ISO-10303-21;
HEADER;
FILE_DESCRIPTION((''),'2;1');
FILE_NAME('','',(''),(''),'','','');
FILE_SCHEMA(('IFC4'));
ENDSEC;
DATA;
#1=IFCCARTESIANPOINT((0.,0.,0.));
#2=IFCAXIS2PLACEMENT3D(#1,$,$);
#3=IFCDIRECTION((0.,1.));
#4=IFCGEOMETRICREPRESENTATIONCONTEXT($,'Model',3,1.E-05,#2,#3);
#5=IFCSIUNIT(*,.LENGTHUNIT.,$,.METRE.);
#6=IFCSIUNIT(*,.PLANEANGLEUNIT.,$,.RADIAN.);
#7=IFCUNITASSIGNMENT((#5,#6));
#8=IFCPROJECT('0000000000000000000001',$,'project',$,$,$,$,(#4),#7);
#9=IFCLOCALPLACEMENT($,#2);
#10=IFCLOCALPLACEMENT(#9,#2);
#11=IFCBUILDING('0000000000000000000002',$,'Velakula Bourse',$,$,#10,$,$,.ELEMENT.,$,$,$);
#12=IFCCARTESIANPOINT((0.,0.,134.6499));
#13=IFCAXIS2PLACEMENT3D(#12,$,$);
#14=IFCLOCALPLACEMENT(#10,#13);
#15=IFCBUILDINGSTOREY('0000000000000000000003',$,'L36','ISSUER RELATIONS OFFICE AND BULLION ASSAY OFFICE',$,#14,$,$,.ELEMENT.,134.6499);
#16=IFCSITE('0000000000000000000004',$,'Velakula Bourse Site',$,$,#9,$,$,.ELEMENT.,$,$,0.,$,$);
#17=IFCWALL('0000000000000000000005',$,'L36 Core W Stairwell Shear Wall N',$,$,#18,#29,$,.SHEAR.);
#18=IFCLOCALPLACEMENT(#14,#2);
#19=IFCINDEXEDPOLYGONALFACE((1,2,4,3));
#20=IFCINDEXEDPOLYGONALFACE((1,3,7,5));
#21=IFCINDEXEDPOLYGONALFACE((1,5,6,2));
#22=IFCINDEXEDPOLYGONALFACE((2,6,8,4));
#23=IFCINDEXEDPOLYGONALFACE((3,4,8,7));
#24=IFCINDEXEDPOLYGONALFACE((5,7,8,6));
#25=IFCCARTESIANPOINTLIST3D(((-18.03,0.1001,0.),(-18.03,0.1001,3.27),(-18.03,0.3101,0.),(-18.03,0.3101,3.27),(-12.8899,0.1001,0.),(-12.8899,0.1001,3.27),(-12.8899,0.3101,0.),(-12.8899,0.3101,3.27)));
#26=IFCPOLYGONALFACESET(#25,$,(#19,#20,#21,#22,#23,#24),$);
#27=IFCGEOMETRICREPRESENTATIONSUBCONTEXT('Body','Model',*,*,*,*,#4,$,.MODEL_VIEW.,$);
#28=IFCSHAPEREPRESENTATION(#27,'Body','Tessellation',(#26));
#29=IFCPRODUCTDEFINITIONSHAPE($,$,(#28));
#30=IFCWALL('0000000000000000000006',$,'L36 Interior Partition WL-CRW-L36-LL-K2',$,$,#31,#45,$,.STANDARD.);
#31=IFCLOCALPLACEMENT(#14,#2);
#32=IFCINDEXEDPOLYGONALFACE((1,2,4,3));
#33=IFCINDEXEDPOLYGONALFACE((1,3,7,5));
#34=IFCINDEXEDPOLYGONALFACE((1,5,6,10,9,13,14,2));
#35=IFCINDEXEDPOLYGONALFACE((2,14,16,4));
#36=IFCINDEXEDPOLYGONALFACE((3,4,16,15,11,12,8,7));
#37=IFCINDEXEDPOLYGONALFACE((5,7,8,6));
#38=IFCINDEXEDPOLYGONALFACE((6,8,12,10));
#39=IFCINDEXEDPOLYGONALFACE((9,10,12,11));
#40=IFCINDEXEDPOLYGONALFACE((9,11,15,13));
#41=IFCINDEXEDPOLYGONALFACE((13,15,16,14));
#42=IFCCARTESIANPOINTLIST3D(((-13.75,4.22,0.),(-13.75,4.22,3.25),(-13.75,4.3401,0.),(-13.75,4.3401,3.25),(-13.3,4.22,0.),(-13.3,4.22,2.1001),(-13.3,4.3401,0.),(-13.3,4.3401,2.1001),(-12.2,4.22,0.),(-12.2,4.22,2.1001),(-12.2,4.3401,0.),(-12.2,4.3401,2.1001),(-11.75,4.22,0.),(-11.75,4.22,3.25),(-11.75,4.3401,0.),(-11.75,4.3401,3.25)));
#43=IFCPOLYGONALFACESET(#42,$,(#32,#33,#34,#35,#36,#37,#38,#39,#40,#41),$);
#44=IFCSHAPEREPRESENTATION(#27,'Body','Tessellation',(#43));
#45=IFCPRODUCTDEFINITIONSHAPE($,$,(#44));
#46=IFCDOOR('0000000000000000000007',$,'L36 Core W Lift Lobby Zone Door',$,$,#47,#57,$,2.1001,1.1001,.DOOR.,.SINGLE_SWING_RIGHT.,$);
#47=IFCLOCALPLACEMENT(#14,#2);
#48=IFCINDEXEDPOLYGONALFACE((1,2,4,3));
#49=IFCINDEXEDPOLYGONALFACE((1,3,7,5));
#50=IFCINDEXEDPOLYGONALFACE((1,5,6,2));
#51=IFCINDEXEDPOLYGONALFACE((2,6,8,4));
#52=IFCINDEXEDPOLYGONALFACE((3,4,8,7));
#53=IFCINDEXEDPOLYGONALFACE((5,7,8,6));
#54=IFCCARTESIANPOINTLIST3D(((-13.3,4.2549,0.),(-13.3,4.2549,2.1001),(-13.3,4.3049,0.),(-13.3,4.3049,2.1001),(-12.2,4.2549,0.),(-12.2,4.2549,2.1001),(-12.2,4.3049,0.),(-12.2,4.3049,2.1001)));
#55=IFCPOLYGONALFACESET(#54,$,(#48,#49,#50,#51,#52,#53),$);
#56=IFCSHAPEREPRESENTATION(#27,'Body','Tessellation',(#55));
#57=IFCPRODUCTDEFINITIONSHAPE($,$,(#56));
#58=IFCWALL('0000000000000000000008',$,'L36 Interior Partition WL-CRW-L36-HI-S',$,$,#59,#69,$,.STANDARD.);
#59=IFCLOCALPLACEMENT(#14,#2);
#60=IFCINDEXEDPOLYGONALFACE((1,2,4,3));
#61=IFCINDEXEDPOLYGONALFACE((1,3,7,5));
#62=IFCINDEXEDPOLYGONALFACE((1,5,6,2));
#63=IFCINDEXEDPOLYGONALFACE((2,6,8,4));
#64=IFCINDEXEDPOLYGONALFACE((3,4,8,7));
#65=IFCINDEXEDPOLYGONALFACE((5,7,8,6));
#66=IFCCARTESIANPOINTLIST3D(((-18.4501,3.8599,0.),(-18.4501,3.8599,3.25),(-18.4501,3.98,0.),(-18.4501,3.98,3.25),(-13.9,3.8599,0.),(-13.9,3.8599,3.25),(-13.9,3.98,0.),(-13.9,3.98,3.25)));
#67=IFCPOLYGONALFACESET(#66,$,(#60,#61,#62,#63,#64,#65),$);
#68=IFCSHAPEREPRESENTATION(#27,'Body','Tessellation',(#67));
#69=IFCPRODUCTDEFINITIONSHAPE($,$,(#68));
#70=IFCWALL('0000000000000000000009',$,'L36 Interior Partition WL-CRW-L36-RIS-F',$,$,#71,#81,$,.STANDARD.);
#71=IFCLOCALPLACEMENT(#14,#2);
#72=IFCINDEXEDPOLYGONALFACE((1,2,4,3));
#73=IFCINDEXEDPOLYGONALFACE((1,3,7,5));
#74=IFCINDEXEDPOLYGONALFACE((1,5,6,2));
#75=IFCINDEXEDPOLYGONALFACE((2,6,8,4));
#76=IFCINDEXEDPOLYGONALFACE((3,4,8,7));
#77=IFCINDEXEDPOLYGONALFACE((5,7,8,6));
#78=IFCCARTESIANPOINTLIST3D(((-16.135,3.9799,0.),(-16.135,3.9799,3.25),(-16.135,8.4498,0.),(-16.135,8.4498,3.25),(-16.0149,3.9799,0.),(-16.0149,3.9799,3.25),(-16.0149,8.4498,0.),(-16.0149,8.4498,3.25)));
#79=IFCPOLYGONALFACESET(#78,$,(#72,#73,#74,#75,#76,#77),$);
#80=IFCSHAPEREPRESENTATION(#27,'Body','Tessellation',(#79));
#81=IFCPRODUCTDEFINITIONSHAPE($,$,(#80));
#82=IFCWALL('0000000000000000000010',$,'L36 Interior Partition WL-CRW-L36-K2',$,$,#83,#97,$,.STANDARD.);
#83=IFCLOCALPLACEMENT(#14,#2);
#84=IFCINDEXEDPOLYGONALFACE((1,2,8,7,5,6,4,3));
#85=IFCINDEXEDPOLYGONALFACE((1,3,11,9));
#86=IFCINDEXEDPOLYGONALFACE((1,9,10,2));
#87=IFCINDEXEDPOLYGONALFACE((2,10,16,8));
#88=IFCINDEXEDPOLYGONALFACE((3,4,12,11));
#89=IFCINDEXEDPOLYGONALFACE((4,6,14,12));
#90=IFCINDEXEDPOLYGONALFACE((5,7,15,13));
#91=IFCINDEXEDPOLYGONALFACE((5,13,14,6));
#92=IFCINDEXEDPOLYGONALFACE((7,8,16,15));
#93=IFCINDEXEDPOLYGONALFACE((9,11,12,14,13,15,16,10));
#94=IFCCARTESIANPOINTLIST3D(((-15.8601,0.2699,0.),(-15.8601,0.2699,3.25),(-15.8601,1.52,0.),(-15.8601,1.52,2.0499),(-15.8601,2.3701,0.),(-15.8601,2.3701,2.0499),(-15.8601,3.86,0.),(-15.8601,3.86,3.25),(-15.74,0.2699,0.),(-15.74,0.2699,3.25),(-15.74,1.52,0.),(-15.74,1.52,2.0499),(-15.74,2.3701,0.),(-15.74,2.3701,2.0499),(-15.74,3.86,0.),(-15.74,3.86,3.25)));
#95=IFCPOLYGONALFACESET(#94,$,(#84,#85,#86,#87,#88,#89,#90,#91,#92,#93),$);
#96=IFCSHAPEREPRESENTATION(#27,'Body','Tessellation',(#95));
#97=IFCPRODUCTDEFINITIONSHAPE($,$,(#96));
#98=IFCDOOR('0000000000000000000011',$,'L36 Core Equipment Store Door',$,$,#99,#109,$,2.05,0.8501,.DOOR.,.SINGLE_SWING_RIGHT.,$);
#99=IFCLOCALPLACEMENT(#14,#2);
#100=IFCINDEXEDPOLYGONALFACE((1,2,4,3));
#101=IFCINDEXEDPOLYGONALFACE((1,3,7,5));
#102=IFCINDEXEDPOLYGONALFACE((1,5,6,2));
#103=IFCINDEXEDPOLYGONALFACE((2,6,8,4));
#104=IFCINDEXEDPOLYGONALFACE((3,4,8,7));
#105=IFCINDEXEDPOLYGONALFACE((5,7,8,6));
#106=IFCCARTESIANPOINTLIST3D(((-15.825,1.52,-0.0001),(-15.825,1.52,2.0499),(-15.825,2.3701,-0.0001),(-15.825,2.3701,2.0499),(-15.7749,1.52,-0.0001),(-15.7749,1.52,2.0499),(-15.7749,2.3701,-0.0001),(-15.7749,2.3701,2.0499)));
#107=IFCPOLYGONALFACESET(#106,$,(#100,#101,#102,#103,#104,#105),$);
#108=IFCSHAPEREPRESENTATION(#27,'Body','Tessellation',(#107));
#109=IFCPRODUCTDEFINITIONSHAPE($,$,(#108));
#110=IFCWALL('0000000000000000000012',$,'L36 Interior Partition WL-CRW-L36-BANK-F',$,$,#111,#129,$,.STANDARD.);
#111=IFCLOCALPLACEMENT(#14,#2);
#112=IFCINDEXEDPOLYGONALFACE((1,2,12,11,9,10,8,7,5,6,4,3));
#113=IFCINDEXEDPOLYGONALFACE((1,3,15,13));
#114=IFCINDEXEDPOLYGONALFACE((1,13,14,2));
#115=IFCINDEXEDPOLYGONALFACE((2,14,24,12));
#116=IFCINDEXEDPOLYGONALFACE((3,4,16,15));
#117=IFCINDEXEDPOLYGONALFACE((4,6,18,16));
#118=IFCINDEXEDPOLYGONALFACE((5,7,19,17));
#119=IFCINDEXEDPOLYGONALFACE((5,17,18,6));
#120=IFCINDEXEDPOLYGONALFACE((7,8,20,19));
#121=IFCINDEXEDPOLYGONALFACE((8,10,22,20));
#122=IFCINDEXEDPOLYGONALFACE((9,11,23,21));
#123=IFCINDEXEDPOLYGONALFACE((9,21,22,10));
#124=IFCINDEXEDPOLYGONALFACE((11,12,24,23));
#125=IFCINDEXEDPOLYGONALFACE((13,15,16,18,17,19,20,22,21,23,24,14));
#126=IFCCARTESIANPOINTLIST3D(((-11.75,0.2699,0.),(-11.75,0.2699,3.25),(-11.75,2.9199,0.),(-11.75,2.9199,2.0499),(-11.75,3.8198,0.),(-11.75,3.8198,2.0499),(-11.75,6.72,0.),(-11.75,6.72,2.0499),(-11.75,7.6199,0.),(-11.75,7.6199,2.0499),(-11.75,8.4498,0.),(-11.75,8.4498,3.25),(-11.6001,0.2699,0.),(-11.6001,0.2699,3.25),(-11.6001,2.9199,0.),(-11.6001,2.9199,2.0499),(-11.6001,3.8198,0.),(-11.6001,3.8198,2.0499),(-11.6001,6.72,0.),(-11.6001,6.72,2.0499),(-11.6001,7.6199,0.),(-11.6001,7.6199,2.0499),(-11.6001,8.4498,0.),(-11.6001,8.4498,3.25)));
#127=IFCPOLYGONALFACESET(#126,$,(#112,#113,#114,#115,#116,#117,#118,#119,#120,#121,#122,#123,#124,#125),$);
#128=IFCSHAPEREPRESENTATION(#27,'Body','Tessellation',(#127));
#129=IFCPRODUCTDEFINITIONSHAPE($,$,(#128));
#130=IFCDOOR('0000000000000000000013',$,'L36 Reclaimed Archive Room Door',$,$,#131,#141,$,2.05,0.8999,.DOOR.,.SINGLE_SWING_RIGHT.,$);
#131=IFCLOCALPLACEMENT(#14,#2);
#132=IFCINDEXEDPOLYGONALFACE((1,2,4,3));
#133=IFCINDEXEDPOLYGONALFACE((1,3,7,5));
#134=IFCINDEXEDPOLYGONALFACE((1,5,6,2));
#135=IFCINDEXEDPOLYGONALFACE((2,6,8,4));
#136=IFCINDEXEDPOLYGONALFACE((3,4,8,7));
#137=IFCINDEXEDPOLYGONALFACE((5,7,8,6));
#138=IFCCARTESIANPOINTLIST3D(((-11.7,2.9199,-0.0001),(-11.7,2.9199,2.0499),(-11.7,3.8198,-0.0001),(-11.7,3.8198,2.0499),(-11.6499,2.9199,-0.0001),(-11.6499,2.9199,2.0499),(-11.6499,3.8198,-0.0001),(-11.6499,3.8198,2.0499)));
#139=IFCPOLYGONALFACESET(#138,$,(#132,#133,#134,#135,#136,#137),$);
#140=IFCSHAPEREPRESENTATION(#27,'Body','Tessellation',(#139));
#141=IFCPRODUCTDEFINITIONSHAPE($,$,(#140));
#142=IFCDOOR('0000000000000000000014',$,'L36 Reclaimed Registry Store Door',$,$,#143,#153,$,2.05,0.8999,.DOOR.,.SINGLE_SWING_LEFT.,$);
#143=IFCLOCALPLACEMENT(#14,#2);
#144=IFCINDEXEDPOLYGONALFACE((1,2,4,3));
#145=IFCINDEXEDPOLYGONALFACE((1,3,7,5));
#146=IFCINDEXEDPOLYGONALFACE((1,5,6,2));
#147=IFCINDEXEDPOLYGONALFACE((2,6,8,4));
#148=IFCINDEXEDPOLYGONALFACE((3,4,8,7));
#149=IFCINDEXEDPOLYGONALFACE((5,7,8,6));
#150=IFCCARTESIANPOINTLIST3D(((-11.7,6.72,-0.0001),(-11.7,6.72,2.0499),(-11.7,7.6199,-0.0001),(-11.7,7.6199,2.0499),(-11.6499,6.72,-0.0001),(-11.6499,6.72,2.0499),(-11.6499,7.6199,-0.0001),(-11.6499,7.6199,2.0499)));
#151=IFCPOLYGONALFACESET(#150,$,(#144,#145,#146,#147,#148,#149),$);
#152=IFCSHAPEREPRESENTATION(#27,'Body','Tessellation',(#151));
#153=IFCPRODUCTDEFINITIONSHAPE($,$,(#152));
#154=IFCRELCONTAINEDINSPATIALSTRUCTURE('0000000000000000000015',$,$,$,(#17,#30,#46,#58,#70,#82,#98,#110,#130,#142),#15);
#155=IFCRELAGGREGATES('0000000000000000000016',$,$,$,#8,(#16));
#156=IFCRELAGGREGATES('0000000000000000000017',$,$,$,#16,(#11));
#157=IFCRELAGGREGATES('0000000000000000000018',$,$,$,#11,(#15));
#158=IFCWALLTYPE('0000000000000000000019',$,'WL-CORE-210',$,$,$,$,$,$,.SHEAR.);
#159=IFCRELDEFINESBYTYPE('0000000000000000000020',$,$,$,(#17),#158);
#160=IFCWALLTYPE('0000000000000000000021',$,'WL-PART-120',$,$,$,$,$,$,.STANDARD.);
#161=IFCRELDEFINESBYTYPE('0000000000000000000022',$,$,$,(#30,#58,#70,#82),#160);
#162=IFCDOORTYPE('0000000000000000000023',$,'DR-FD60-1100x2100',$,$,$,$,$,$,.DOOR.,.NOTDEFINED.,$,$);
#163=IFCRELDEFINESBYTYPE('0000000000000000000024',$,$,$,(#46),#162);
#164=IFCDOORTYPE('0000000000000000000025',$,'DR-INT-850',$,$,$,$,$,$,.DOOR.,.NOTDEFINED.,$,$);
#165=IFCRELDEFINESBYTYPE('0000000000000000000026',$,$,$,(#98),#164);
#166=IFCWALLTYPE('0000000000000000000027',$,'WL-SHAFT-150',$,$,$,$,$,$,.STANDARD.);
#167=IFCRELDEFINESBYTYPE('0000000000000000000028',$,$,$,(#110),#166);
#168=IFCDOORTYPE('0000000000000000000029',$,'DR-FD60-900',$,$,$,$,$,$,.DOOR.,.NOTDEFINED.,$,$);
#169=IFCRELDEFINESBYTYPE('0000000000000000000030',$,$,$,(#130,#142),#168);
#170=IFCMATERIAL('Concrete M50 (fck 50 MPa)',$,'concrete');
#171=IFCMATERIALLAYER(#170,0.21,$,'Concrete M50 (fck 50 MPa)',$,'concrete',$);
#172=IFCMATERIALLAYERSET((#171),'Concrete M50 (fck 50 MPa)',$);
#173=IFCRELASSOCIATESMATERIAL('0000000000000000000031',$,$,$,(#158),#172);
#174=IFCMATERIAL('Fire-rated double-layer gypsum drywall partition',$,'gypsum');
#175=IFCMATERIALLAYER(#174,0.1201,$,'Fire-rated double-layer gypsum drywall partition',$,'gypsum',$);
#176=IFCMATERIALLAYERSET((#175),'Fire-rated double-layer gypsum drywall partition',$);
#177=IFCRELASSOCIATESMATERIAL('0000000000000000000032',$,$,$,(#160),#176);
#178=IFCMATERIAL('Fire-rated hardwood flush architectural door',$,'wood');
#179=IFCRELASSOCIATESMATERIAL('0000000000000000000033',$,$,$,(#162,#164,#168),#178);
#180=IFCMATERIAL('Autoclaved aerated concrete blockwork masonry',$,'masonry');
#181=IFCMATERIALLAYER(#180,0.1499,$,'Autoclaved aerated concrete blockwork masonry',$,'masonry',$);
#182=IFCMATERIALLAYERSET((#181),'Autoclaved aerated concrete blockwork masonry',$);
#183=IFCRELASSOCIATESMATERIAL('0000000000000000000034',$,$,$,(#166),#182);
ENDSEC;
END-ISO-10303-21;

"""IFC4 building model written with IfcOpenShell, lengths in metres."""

from ifc_helpers import new_model, si_unit, direction, frame, frame_2d, origin, place, context, subcontext, project, spatial, rectangle, extrude, material, layer, layer_set, type_object, element, fill, save


model = new_model("IFC4")

# Units and contexts
model_context = context("Model", 3, precision=1e-05, world=origin(), true_north=direction((0.0, 1.0)))
body_context = subcontext(model_context, "Body", "Model", "MODEL_VIEW")
ifc_project = project(units=[si_unit("LENGTHUNIT", "METRE"), si_unit("PLANEANGLEUNIT", "RADIAN")], contexts=[model_context])

# Site, building, storey
site_placement = place(None, origin())
site = spatial("IfcSite", under=ifc_project, at=site_placement, Name="Velakula Bourse Site", CompositionType="ELEMENT", RefElevation=0.0)
building_placement = place(site_placement, origin())
building = spatial("IfcBuilding", under=site, at=building_placement, Name="Velakula Bourse", CompositionType="ELEMENT")
storey_placement = place(building_placement, frame((0.0, 0.0, 134.6499)))
storey = spatial("IfcBuildingStorey", under=building, at=storey_placement, Name="L36", Description="ISSUER RELATIONS OFFICE AND BULLION ASSAY OFFICE", CompositionType="ELEMENT", Elevation=134.6499)

# Wall
ifc_material_1 = material(Name="Concrete M50 (fck 50 MPa)", Category="concrete")
ifc_layer_1 = layer(ifc_material_1, 0.21, Name="Concrete M50 (fck 50 MPa)", Category="concrete")
ifc_layer_set_1 = layer_set([ifc_layer_1], Name="Concrete M50 (fck 50 MPa)")
wall_type_1 = type_object("IfcWallType", Name="WL-CORE-210", PredefinedType="SHEAR", material=ifc_layer_set_1)
wall_1_placement = place(storey_placement, frame((-12.8899, 0.2051, 0.0), z_axis=(0.0, 0.0, 1.0), x_axis=(-1.0, 0.0, 0.0)))
element("IfcWall", 1, at=wall_1_placement, inside=storey, type_object=wall_type_1, Name="L36 Core W Stairwell Shear Wall N", PredefinedType="SHEAR", context=body_context, shape_type="SweptSolid", body=[
    extrude(rectangle(XDim=5.1401, YDim=0.21, at=frame_2d((2.5701, 0.0))), origin(), (0.0, 0.0, 1.0), 3.27),
])

# Wall, opening, door
ifc_material_2 = material(Name="Fire-rated double-layer gypsum drywall partition", Category="gypsum")
ifc_layer_2 = layer(ifc_material_2, 0.1201, Name="Fire-rated double-layer gypsum drywall partition", Category="gypsum")
ifc_layer_set_2 = layer_set([ifc_layer_2], Name="Fire-rated double-layer gypsum drywall partition")
wall_type_2 = type_object("IfcWallType", Name="WL-PART-120", PredefinedType="STANDARD", material=ifc_layer_set_2)
wall_2_placement = place(storey_placement, frame((-13.75, 4.28, 0.0), z_axis=(0.0, 0.0, 1.0), x_axis=(1.0, 0.0, 0.0)))
wall_2 = element("IfcWall", 2, at=wall_2_placement, inside=storey, type_object=wall_type_2, Name="L36 Interior Partition WL-CRW-L36-LL-K2", PredefinedType="STANDARD", context=body_context, shape_type="SweptSolid", body=[
    extrude(rectangle(XDim=2.0, YDim=0.1201, at=frame_2d((1.0, 0.0))), origin(), (0.0, 0.0, 1.0), 3.25),
])
opening_1_placement = place(wall_2_placement, frame((0.45, 0.0, 0.0)))
opening_1 = element("IfcOpeningElement", 3, at=opening_1_placement, cuts=wall_2, PredefinedType="OPENING", context=body_context, shape_type="SweptSolid", body=[
    extrude(rectangle(XDim=1.1001, YDim=2.1001, at=frame_2d((0.55, 1.05))), frame((0.0, 0.0701, 0.0), z_axis=(0.0, -1.0, 0.0), x_axis=(1.0, 0.0, 0.0)), (0.0, 0.0, 1.0), 0.1401),
])
ifc_material_3 = material(Name="Fire-rated hardwood flush architectural door", Category="wood")
door_type_1 = type_object("IfcDoorType", Name="DR-FD60-1100x2100", OperationType="NOTDEFINED", PredefinedType="DOOR", material=ifc_material_3)
door_1_placement = place(opening_1_placement, origin())
door_1 = element("IfcDoor", 4, at=door_1_placement, inside=storey, type_object=door_type_1, Name="L36 Core W Lift Lobby Zone Door", OperationType="SINGLE_SWING_RIGHT", OverallHeight=2.1001, OverallWidth=1.1001, PredefinedType="DOOR", context=body_context, shape_type="SweptSolid", body=[
    extrude(rectangle(XDim=1.1001, YDim=2.1001, at=frame_2d((0.55, 1.05))), frame((0.0, 0.0249, 0.0), z_axis=(0.0, -1.0, 0.0), x_axis=(1.0, 0.0, 0.0)), (0.0, 0.0, 1.0), 0.05),
])
fill(opening_1, door_1)

# Walls
wall_3_placement = place(storey_placement, frame((-18.45, 3.9199, 0.0), z_axis=(0.0, 0.0, 1.0), x_axis=(1.0, 0.0, 0.0)))
element("IfcWall", 5, at=wall_3_placement, inside=storey, type_object=wall_type_2, Name="L36 Interior Partition WL-CRW-L36-HI-S", PredefinedType="STANDARD", context=body_context, shape_type="SweptSolid", body=[
    extrude(rectangle(XDim=4.55, YDim=0.1201, at=frame_2d((2.2749, 0.0))), origin(), (0.0, 0.0, 1.0), 3.25),
])
wall_4_placement = place(storey_placement, frame((-16.075, 3.98, 0.0), z_axis=(0.0, 0.0, 1.0), x_axis=(0.0, 1.0, 0.0)))
element("IfcWall", 6, at=wall_4_placement, inside=storey, type_object=wall_type_2, Name="L36 Interior Partition WL-CRW-L36-RIS-F", PredefinedType="STANDARD", context=body_context, shape_type="SweptSolid", body=[
    extrude(rectangle(XDim=4.47, YDim=0.1201, at=frame_2d((2.2349, 0.0))), origin(), (0.0, 0.0, 1.0), 3.25),
])

# Wall, opening, door
wall_5_placement = place(storey_placement, frame((-15.8, 0.27, 0.0), z_axis=(0.0, 0.0, 1.0), x_axis=(0.0, 1.0, 0.0)))
wall_5 = element("IfcWall", 7, at=wall_5_placement, inside=storey, type_object=wall_type_2, Name="L36 Interior Partition WL-CRW-L36-K2", PredefinedType="STANDARD", context=body_context, shape_type="SweptSolid", body=[
    extrude(rectangle(XDim=3.5901, YDim=0.1201, at=frame_2d((1.7949, 0.0))), origin(), (0.0, 0.0, 1.0), 3.25),
])
opening_2_placement = place(wall_5_placement, frame((1.25, 0.0, 0.0)))
opening_2 = element("IfcOpeningElement", 8, at=opening_2_placement, cuts=wall_5, PredefinedType="OPENING", context=body_context, shape_type="SweptSolid", body=[
    extrude(rectangle(XDim=0.8501, YDim=2.05, at=frame_2d((0.425, 1.0249))), frame((0.0, 0.0701, 0.0), z_axis=(0.0, -1.0, 0.0), x_axis=(1.0, 0.0, 0.0)), (0.0, 0.0, 1.0), 0.1401),
])
door_type_2 = type_object("IfcDoorType", Name="DR-INT-850", OperationType="NOTDEFINED", PredefinedType="DOOR", material=ifc_material_3)
door_2_placement = place(opening_2_placement, origin())
door_2 = element("IfcDoor", 9, at=door_2_placement, inside=storey, type_object=door_type_2, Name="L36 Core Equipment Store Door", OperationType="SINGLE_SWING_RIGHT", OverallHeight=2.05, OverallWidth=0.8501, PredefinedType="DOOR", context=body_context, shape_type="SweptSolid", body=[
    extrude(rectangle(XDim=0.8501, YDim=2.05, at=frame_2d((0.425, 1.0249))), frame((0.0, 0.0249, 0.0), z_axis=(0.0, -1.0, 0.0), x_axis=(1.0, 0.0, 0.0)), (0.0, 0.0, 1.0), 0.05),
])
fill(opening_2, door_2)

# Wall, openings, doors
ifc_material_4 = material(Name="Autoclaved aerated concrete blockwork masonry", Category="masonry")
ifc_layer_3 = layer(ifc_material_4, 0.1499, Name="Autoclaved aerated concrete blockwork masonry", Category="masonry")
ifc_layer_set_3 = layer_set([ifc_layer_3], Name="Autoclaved aerated concrete blockwork masonry")
wall_type_3 = type_object("IfcWallType", Name="WL-SHAFT-150", PredefinedType="STANDARD", material=ifc_layer_set_3)
wall_6_placement = place(storey_placement, frame((-11.675, 0.27, 0.0), z_axis=(0.0, 0.0, 1.0), x_axis=(0.0, 1.0, 0.0)))
wall_6 = element("IfcWall", 10, at=wall_6_placement, inside=storey, type_object=wall_type_3, Name="L36 Interior Partition WL-CRW-L36-BANK-F", PredefinedType="STANDARD", context=body_context, shape_type="SweptSolid", body=[
    extrude(rectangle(XDim=8.1799, YDim=0.1499, at=frame_2d((4.0898, 0.0))), origin(), (0.0, 0.0, 1.0), 3.25),
])
opening_3_placement = place(wall_6_placement, frame((2.6499, 0.0, 0.0)))
opening_3 = element("IfcOpeningElement", 11, at=opening_3_placement, cuts=wall_6, PredefinedType="OPENING", context=body_context, shape_type="SweptSolid", body=[
    extrude(rectangle(XDim=0.8999, YDim=2.05, at=frame_2d((0.45, 1.0249))), frame((0.0, 0.085, 0.0), z_axis=(0.0, -1.0, 0.0), x_axis=(1.0, 0.0, 0.0)), (0.0, 0.0, 1.0), 0.1699),
])
opening_4_placement = place(wall_6_placement, frame((6.45, 0.0, 0.0)))
opening_4 = element("IfcOpeningElement", 12, at=opening_4_placement, cuts=wall_6, PredefinedType="OPENING", context=body_context, shape_type="SweptSolid", body=[
    extrude(rectangle(XDim=0.8999, YDim=2.05, at=frame_2d((0.45, 1.0249))), frame((0.0, 0.085, 0.0), z_axis=(0.0, -1.0, 0.0), x_axis=(1.0, 0.0, 0.0)), (0.0, 0.0, 1.0), 0.1699),
])
door_type_3 = type_object("IfcDoorType", Name="DR-FD60-900", OperationType="NOTDEFINED", PredefinedType="DOOR", material=ifc_material_3)
door_3_placement = place(opening_3_placement, origin())
door_3 = element("IfcDoor", 13, at=door_3_placement, inside=storey, type_object=door_type_3, Name="L36 Reclaimed Archive Room Door", OperationType="SINGLE_SWING_RIGHT", OverallHeight=2.05, OverallWidth=0.8999, PredefinedType="DOOR", context=body_context, shape_type="SweptSolid", body=[
    extrude(rectangle(XDim=0.8999, YDim=2.05, at=frame_2d((0.45, 1.0249))), frame((0.0, 0.0249, 0.0), z_axis=(0.0, -1.0, 0.0), x_axis=(1.0, 0.0, 0.0)), (0.0, 0.0, 1.0), 0.05),
])
fill(opening_3, door_3)
door_4_placement = place(opening_4_placement, origin())
door_4 = element("IfcDoor", 14, at=door_4_placement, inside=storey, type_object=door_type_3, Name="L36 Reclaimed Registry Store Door", OperationType="SINGLE_SWING_LEFT", OverallHeight=2.05, OverallWidth=0.8999, PredefinedType="DOOR", context=body_context, shape_type="SweptSolid", body=[
    extrude(rectangle(XDim=0.8999, YDim=2.05, at=frame_2d((0.45, 1.0249))), frame((0.0, 0.0249, 0.0), z_axis=(0.0, -1.0, 0.0), x_axis=(1.0, 0.0, 0.0)), (0.0, 0.0, 1.0), 0.05),
])
fill(opening_4, door_4)

save(model, "model.ifc")
